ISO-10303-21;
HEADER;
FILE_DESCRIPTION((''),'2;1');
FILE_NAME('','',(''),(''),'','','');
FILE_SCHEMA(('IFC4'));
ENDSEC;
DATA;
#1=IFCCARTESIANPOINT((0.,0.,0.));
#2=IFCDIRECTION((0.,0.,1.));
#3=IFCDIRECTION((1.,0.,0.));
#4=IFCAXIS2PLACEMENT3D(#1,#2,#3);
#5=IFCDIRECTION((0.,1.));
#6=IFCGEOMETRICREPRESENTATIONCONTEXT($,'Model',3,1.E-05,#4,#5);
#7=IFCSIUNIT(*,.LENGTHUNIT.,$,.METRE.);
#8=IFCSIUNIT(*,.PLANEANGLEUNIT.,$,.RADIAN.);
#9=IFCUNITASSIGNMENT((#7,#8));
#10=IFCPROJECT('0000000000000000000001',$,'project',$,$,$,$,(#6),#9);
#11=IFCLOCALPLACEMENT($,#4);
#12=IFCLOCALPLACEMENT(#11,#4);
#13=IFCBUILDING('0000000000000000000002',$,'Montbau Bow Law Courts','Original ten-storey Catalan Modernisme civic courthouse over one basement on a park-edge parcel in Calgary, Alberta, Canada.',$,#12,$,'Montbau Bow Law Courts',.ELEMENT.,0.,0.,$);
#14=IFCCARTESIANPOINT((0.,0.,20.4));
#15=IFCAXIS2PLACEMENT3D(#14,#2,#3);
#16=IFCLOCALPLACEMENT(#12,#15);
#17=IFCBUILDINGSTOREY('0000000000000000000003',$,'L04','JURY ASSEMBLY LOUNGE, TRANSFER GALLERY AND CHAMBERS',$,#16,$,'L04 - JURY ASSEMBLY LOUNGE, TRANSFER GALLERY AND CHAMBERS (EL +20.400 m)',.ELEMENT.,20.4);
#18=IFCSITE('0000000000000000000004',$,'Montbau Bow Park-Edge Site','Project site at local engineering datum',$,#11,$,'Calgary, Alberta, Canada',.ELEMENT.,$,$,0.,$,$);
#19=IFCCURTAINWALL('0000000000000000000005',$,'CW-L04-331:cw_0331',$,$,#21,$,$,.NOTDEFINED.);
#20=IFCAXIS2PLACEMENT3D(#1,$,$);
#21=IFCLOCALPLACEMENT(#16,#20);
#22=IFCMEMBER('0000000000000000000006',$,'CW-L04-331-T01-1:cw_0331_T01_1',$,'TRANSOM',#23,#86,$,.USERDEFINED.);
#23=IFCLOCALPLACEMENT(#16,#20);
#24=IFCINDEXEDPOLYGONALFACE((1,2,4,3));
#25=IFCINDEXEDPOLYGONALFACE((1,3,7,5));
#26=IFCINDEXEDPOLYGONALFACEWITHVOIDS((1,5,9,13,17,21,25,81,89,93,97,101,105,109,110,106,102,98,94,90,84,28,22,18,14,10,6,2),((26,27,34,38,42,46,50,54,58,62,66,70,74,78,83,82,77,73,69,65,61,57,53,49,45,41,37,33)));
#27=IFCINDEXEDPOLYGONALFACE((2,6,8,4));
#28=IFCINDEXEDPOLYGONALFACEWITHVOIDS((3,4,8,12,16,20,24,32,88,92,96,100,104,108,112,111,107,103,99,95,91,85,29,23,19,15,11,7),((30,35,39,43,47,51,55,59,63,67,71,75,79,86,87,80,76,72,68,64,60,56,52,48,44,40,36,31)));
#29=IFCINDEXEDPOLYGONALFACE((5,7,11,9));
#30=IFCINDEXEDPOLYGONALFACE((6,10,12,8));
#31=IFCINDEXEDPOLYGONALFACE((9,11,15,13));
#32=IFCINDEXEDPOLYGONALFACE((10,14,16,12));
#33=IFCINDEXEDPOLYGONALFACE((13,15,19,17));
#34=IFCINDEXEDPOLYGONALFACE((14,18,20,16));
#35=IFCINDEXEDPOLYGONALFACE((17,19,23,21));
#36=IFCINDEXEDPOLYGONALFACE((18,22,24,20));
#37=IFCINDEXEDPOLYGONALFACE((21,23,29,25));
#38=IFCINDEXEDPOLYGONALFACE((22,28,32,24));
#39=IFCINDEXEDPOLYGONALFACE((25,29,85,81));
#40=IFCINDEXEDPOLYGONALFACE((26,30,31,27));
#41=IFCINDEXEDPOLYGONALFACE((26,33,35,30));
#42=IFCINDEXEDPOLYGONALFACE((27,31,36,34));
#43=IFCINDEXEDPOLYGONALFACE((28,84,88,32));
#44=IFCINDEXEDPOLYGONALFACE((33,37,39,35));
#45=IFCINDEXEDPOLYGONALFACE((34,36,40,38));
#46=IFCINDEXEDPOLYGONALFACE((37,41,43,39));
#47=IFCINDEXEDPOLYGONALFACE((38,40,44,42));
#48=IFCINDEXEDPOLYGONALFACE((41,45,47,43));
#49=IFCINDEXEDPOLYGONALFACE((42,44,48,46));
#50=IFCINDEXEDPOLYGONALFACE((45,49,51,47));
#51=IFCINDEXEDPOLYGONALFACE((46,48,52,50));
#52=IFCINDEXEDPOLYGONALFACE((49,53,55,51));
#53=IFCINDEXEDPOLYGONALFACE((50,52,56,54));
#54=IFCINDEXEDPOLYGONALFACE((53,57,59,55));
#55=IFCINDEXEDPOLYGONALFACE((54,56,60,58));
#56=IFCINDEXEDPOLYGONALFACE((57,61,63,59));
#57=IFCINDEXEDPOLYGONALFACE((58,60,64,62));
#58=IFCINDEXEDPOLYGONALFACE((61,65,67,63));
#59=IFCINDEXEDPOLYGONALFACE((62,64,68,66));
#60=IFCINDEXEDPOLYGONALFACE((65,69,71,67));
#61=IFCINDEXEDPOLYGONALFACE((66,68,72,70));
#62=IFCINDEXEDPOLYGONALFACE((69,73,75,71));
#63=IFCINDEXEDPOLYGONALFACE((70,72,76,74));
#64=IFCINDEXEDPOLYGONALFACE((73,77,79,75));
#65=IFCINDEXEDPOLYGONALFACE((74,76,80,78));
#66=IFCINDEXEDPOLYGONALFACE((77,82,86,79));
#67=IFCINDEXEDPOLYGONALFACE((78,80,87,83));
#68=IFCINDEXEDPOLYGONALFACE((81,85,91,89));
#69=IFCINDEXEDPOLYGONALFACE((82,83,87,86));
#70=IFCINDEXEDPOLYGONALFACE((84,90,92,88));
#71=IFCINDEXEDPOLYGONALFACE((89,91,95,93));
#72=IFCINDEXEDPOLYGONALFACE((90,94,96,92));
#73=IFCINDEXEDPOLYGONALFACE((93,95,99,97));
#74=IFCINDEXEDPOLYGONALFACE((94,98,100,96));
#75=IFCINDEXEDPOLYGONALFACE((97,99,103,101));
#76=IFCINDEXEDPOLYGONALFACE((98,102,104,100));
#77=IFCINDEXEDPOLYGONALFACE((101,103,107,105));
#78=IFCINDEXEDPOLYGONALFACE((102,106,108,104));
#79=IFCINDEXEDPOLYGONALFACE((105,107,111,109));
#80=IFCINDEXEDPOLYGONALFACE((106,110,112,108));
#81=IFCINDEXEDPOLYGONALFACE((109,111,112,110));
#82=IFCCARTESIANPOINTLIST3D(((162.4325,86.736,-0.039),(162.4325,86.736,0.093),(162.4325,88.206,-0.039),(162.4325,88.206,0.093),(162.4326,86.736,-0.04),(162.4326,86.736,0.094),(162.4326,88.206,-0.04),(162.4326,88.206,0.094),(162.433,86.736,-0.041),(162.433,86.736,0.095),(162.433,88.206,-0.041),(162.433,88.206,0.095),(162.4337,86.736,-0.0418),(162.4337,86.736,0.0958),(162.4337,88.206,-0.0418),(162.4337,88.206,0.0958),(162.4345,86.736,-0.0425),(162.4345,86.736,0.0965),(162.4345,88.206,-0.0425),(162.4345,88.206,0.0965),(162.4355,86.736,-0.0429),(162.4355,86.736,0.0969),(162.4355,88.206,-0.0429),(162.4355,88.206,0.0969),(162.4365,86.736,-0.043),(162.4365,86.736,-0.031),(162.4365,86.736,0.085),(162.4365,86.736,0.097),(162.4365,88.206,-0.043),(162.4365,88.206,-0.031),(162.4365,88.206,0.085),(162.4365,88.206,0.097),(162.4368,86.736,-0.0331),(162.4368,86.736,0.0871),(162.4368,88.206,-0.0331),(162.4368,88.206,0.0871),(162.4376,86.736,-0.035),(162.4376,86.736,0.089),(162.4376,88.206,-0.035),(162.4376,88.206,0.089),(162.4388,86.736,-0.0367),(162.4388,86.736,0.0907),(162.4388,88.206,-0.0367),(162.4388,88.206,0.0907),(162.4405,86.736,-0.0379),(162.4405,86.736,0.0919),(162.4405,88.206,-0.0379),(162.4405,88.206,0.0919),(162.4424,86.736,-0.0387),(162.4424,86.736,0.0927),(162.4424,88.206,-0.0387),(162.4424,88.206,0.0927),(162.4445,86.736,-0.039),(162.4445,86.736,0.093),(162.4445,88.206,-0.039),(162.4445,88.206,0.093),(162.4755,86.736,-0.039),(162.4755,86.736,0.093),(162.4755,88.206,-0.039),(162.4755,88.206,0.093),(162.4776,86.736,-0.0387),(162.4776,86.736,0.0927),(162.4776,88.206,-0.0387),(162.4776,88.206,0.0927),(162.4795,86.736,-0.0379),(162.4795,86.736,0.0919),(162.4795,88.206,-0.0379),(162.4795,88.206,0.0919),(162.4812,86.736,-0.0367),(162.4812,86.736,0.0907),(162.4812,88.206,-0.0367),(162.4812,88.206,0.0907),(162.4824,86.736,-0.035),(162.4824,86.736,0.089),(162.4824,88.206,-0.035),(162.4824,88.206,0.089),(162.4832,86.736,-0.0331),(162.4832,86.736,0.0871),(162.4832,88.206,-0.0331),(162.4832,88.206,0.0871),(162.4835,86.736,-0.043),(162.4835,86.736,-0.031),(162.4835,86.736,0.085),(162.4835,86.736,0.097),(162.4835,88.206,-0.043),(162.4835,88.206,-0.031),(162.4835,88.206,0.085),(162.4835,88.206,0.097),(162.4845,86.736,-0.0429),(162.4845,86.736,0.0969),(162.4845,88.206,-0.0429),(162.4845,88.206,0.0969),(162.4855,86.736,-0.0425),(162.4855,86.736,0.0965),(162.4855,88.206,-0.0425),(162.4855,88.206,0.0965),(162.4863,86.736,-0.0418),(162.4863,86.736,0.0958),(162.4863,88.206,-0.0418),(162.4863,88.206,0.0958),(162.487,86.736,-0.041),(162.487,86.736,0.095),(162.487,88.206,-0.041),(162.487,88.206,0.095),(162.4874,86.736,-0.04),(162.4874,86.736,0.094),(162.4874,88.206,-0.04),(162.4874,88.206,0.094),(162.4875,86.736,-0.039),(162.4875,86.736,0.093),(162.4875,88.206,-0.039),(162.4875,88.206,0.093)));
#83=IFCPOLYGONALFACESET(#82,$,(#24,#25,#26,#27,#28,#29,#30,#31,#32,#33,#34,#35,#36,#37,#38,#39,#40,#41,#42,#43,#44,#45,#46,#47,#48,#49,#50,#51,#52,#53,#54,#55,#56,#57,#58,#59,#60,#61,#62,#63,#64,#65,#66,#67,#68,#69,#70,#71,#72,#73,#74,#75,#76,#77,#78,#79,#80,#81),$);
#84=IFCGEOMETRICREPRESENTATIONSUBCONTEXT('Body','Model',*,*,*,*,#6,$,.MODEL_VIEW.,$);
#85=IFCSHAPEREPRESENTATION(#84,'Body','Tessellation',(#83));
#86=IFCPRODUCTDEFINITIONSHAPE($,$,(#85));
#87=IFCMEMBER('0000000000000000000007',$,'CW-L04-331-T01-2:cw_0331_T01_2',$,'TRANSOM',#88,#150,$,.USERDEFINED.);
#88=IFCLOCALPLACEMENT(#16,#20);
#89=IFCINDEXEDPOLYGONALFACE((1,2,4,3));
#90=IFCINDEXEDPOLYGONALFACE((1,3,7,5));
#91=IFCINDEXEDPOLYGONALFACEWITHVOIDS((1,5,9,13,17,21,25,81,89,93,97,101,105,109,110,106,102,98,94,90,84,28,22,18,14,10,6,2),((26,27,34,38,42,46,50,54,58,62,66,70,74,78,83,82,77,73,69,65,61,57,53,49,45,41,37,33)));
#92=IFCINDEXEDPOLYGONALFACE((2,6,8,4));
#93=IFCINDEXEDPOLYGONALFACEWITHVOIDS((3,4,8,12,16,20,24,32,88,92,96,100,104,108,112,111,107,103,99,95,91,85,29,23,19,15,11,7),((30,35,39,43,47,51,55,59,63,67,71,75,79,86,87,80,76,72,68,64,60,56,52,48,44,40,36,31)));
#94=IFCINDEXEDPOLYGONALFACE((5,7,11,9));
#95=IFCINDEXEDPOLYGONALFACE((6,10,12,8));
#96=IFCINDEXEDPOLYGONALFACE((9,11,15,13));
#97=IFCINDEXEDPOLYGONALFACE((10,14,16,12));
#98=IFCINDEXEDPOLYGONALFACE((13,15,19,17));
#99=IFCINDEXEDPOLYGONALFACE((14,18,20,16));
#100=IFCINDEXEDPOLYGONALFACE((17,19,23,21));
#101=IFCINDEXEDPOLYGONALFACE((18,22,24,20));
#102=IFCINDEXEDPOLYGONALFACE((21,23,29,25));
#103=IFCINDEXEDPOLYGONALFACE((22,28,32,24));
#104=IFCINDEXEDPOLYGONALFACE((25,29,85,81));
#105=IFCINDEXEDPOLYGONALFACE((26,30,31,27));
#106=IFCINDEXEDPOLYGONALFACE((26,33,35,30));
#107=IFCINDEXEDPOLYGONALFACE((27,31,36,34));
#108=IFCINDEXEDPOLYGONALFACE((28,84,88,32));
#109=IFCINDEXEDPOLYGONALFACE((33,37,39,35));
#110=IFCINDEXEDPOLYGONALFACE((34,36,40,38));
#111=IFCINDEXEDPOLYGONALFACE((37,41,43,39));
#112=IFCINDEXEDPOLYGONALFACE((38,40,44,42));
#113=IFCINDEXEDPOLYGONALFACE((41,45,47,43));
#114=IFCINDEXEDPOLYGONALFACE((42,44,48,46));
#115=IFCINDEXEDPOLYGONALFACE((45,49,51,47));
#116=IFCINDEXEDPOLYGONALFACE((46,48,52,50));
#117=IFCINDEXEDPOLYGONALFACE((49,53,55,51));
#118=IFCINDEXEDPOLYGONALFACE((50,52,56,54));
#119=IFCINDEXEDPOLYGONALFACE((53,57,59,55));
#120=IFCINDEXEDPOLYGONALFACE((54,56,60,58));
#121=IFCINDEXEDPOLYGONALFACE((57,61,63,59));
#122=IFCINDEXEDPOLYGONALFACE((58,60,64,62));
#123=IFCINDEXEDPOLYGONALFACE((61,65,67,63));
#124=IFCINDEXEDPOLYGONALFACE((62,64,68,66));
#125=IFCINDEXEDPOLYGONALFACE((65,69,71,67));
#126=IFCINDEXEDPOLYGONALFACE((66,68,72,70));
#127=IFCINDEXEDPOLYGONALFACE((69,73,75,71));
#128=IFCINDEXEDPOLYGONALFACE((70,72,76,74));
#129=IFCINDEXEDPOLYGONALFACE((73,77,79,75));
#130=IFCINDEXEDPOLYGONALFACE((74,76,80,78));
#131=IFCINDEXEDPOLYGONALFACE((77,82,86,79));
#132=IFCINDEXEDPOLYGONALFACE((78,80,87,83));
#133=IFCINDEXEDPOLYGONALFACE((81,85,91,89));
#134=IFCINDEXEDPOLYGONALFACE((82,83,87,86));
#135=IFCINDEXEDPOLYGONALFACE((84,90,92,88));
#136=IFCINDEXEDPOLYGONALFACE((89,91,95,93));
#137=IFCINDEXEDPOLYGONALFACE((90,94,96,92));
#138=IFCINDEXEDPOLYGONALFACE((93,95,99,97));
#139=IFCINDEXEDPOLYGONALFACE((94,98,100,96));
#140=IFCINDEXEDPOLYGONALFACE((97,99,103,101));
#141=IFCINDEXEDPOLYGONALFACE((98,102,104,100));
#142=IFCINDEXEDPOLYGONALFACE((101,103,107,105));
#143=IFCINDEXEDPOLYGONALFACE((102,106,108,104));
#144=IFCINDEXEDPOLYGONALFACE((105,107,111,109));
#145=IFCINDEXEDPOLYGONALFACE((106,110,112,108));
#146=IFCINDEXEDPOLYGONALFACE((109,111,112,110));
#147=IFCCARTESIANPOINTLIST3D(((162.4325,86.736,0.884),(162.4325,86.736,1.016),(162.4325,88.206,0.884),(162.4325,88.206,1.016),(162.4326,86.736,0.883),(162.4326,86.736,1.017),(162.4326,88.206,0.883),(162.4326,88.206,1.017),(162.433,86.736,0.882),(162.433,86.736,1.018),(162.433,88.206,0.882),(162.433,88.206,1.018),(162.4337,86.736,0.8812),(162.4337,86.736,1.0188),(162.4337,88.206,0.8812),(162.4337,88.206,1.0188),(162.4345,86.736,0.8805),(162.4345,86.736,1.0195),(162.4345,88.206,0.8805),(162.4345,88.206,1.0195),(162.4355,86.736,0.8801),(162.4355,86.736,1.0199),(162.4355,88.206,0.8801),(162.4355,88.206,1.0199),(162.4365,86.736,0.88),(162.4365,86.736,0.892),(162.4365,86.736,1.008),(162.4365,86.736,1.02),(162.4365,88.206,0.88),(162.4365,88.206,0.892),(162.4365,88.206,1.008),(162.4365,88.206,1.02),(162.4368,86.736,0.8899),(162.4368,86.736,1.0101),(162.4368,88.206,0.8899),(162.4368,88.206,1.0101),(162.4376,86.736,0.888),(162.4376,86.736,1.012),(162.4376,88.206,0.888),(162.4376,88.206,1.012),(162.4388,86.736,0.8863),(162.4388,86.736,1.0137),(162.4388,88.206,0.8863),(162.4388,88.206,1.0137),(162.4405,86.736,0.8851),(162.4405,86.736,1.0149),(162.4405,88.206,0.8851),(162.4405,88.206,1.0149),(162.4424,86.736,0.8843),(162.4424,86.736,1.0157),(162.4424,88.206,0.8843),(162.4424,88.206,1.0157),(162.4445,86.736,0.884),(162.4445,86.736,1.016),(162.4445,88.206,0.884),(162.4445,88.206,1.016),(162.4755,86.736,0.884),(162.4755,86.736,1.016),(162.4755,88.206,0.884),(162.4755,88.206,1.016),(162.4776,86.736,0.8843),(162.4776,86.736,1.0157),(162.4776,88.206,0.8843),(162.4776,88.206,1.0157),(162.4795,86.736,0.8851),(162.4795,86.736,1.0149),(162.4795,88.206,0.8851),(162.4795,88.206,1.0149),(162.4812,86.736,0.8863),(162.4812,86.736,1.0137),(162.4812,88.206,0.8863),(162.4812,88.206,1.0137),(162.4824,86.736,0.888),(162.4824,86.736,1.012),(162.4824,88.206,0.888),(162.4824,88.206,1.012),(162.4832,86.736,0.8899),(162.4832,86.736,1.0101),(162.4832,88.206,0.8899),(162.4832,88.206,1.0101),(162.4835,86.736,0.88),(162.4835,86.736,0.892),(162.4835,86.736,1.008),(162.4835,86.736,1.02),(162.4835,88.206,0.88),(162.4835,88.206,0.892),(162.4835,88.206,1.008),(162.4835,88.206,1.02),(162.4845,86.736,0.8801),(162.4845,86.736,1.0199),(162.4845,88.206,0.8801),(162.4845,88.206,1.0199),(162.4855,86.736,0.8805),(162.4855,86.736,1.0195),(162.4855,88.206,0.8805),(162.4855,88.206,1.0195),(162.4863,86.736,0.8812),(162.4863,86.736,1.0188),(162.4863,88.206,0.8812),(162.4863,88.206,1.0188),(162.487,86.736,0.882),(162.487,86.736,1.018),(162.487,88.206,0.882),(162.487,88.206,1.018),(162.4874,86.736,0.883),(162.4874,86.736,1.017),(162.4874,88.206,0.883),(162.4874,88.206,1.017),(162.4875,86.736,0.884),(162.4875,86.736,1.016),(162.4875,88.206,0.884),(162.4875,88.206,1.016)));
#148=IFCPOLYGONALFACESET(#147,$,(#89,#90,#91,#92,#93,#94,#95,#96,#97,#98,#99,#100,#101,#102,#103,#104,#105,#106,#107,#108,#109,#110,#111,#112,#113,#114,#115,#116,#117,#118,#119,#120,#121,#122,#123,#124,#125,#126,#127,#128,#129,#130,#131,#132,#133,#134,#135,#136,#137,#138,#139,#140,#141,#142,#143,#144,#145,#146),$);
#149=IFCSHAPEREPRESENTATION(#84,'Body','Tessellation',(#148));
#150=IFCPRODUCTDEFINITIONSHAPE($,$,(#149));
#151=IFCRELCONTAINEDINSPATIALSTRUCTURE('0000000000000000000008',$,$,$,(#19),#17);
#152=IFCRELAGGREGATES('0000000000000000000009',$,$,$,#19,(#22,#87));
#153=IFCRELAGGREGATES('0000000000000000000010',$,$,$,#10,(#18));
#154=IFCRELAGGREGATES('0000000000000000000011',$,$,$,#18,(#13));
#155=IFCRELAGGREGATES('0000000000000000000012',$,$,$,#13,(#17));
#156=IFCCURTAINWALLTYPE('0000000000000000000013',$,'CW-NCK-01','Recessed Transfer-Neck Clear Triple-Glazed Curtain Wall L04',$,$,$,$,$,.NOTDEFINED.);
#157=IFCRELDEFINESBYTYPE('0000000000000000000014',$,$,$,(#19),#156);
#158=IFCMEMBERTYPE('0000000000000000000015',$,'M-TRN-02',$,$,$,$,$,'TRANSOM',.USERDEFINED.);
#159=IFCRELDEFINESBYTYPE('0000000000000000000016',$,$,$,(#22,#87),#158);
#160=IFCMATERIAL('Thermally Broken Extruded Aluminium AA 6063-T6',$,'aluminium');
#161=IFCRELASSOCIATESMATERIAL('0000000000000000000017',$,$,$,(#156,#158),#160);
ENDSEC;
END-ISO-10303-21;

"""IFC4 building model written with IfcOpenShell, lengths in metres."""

from ifc_helpers import new_model, si_unit, direction, frame, origin_with_axes, origin_2d_with_axis, place, context, subcontext, project, spatial, hollow_rectangle, extrude, material, material_profile, profile_set, type_object, element, aggregate, save


model = new_model("IFC4")

# Units and contexts
model_context = context("Model", 3, precision=1e-05, world=origin_with_axes(), true_north=direction((0.0, 1.0)))
body_context = subcontext(model_context, "Body", "Model", "MODEL_VIEW")
ifc_project = project(units=[si_unit("LENGTHUNIT", "METRE"), si_unit("PLANEANGLEUNIT", "RADIAN")], contexts=[model_context])

# Site, building, storey
site_placement = place(None, origin_with_axes())
site = spatial("IfcSite", under=ifc_project, at=site_placement, Name="Montbau Bow Park-Edge Site", Description="Project site at local engineering datum", LongName="Calgary, Alberta, Canada", CompositionType="ELEMENT", RefElevation=0.0)
building_placement = place(site_placement, origin_with_axes())
building = spatial("IfcBuilding", under=site, at=building_placement, Name="Montbau Bow Law Courts", Description="Original ten-storey Catalan Modernisme civic courthouse over one basement on a park-edge parcel in Calgary, Alberta, Canada.", LongName="Montbau Bow Law Courts", CompositionType="ELEMENT", ElevationOfRefHeight=0.0, ElevationOfTerrain=0.0)
storey_placement = place(building_placement, frame((0.0, 0.0, 20.4), z_axis=(0.0, 0.0, 1.0), x_axis=(1.0, 0.0, 0.0)))
storey = spatial("IfcBuildingStorey", under=building, at=storey_placement, Name="L04", Description="JURY ASSEMBLY LOUNGE, TRANSFER GALLERY AND CHAMBERS", LongName="L04 - JURY ASSEMBLY LOUNGE, TRANSFER GALLERY AND CHAMBERS (EL +20.400 m)", CompositionType="ELEMENT", Elevation=20.4)

# Shared definitions
ifc_material_1 = material(Name="Thermally Broken Extruded Aluminium AA 6063-T6", Category="aluminium")
curtain_wall_type = type_object("IfcCurtainWallType", Name="CW-NCK-01", Description="Recessed Transfer-Neck Clear Triple-Glazed Curtain Wall L04", PredefinedType="NOTDEFINED", material=ifc_material_1)

# Curtain wall, members
curtain_wall_1_placement = place(None, frame((162.46, 86.668, 20.4), z_axis=(0.0, 0.0, 1.0), x_axis=(1.0, 0.0, 0.0)))
curtain_wall_1 = element("IfcCurtainWall", 1, at=curtain_wall_1_placement, inside=storey, type_object=curtain_wall_type, Name="CW-L04-331:cw_0331", PredefinedType="NOTDEFINED")
ifc_material_profile_1 = material_profile(ifc_material_1, hollow_rectangle(XDim=0.055, YDim=0.14, WallThickness=0.004, InnerFilletRadius=0.008, OuterFilletRadius=0.004, at=origin_2d_with_axis()), Name="CWT-140X55", Category="Main", Priority=0)
ifc_profile_set_1 = profile_set([ifc_material_profile_1], Name="Thermally Broken Extruded Aluminium AA 6063-T6")
member_type_1 = type_object("IfcMemberType", Name="M-TRN-02", ElementType="TRANSOM", PredefinedType="USERDEFINED", material=ifc_profile_set_1)
member_1_placement = place(None, frame((162.46, 86.736, 20.427), z_axis=(0.0, 1.0, 0.0), x_axis=(-1.0, 0.0, 0.0)))
member_1 = element("IfcMember", 2, at=member_1_placement, type_object=member_type_1, Name="CW-L04-331-T01-1:cw_0331_T01_1", ObjectType="TRANSOM", PredefinedType="USERDEFINED", context=body_context, shape_type="SweptSolid", body=[
    extrude(hollow_rectangle(XDim=0.055, YDim=0.14, WallThickness=0.004, InnerFilletRadius=0.008, OuterFilletRadius=0.004, at=origin_2d_with_axis()), origin_with_axes(), (0.0, 0.0, 1.0), 1.47),
])
member_2_placement = place(None, frame((162.46, 86.736, 21.35), z_axis=(0.0, 1.0, 0.0), x_axis=(-1.0, 0.0, 0.0)))
member_2 = element("IfcMember", 3, at=member_2_placement, type_object=member_type_1, Name="CW-L04-331-T01-2:cw_0331_T01_2", ObjectType="TRANSOM", PredefinedType="USERDEFINED", context=body_context, shape_type="SweptSolid", body=[
    extrude(hollow_rectangle(XDim=0.055, YDim=0.14, WallThickness=0.004, InnerFilletRadius=0.008, OuterFilletRadius=0.004, at=origin_2d_with_axis()), origin_with_axes(), (0.0, 0.0, 1.0), 1.47),
])
aggregate(curtain_wall_1, [member_1, member_2])

save(model, "model.ifc")
